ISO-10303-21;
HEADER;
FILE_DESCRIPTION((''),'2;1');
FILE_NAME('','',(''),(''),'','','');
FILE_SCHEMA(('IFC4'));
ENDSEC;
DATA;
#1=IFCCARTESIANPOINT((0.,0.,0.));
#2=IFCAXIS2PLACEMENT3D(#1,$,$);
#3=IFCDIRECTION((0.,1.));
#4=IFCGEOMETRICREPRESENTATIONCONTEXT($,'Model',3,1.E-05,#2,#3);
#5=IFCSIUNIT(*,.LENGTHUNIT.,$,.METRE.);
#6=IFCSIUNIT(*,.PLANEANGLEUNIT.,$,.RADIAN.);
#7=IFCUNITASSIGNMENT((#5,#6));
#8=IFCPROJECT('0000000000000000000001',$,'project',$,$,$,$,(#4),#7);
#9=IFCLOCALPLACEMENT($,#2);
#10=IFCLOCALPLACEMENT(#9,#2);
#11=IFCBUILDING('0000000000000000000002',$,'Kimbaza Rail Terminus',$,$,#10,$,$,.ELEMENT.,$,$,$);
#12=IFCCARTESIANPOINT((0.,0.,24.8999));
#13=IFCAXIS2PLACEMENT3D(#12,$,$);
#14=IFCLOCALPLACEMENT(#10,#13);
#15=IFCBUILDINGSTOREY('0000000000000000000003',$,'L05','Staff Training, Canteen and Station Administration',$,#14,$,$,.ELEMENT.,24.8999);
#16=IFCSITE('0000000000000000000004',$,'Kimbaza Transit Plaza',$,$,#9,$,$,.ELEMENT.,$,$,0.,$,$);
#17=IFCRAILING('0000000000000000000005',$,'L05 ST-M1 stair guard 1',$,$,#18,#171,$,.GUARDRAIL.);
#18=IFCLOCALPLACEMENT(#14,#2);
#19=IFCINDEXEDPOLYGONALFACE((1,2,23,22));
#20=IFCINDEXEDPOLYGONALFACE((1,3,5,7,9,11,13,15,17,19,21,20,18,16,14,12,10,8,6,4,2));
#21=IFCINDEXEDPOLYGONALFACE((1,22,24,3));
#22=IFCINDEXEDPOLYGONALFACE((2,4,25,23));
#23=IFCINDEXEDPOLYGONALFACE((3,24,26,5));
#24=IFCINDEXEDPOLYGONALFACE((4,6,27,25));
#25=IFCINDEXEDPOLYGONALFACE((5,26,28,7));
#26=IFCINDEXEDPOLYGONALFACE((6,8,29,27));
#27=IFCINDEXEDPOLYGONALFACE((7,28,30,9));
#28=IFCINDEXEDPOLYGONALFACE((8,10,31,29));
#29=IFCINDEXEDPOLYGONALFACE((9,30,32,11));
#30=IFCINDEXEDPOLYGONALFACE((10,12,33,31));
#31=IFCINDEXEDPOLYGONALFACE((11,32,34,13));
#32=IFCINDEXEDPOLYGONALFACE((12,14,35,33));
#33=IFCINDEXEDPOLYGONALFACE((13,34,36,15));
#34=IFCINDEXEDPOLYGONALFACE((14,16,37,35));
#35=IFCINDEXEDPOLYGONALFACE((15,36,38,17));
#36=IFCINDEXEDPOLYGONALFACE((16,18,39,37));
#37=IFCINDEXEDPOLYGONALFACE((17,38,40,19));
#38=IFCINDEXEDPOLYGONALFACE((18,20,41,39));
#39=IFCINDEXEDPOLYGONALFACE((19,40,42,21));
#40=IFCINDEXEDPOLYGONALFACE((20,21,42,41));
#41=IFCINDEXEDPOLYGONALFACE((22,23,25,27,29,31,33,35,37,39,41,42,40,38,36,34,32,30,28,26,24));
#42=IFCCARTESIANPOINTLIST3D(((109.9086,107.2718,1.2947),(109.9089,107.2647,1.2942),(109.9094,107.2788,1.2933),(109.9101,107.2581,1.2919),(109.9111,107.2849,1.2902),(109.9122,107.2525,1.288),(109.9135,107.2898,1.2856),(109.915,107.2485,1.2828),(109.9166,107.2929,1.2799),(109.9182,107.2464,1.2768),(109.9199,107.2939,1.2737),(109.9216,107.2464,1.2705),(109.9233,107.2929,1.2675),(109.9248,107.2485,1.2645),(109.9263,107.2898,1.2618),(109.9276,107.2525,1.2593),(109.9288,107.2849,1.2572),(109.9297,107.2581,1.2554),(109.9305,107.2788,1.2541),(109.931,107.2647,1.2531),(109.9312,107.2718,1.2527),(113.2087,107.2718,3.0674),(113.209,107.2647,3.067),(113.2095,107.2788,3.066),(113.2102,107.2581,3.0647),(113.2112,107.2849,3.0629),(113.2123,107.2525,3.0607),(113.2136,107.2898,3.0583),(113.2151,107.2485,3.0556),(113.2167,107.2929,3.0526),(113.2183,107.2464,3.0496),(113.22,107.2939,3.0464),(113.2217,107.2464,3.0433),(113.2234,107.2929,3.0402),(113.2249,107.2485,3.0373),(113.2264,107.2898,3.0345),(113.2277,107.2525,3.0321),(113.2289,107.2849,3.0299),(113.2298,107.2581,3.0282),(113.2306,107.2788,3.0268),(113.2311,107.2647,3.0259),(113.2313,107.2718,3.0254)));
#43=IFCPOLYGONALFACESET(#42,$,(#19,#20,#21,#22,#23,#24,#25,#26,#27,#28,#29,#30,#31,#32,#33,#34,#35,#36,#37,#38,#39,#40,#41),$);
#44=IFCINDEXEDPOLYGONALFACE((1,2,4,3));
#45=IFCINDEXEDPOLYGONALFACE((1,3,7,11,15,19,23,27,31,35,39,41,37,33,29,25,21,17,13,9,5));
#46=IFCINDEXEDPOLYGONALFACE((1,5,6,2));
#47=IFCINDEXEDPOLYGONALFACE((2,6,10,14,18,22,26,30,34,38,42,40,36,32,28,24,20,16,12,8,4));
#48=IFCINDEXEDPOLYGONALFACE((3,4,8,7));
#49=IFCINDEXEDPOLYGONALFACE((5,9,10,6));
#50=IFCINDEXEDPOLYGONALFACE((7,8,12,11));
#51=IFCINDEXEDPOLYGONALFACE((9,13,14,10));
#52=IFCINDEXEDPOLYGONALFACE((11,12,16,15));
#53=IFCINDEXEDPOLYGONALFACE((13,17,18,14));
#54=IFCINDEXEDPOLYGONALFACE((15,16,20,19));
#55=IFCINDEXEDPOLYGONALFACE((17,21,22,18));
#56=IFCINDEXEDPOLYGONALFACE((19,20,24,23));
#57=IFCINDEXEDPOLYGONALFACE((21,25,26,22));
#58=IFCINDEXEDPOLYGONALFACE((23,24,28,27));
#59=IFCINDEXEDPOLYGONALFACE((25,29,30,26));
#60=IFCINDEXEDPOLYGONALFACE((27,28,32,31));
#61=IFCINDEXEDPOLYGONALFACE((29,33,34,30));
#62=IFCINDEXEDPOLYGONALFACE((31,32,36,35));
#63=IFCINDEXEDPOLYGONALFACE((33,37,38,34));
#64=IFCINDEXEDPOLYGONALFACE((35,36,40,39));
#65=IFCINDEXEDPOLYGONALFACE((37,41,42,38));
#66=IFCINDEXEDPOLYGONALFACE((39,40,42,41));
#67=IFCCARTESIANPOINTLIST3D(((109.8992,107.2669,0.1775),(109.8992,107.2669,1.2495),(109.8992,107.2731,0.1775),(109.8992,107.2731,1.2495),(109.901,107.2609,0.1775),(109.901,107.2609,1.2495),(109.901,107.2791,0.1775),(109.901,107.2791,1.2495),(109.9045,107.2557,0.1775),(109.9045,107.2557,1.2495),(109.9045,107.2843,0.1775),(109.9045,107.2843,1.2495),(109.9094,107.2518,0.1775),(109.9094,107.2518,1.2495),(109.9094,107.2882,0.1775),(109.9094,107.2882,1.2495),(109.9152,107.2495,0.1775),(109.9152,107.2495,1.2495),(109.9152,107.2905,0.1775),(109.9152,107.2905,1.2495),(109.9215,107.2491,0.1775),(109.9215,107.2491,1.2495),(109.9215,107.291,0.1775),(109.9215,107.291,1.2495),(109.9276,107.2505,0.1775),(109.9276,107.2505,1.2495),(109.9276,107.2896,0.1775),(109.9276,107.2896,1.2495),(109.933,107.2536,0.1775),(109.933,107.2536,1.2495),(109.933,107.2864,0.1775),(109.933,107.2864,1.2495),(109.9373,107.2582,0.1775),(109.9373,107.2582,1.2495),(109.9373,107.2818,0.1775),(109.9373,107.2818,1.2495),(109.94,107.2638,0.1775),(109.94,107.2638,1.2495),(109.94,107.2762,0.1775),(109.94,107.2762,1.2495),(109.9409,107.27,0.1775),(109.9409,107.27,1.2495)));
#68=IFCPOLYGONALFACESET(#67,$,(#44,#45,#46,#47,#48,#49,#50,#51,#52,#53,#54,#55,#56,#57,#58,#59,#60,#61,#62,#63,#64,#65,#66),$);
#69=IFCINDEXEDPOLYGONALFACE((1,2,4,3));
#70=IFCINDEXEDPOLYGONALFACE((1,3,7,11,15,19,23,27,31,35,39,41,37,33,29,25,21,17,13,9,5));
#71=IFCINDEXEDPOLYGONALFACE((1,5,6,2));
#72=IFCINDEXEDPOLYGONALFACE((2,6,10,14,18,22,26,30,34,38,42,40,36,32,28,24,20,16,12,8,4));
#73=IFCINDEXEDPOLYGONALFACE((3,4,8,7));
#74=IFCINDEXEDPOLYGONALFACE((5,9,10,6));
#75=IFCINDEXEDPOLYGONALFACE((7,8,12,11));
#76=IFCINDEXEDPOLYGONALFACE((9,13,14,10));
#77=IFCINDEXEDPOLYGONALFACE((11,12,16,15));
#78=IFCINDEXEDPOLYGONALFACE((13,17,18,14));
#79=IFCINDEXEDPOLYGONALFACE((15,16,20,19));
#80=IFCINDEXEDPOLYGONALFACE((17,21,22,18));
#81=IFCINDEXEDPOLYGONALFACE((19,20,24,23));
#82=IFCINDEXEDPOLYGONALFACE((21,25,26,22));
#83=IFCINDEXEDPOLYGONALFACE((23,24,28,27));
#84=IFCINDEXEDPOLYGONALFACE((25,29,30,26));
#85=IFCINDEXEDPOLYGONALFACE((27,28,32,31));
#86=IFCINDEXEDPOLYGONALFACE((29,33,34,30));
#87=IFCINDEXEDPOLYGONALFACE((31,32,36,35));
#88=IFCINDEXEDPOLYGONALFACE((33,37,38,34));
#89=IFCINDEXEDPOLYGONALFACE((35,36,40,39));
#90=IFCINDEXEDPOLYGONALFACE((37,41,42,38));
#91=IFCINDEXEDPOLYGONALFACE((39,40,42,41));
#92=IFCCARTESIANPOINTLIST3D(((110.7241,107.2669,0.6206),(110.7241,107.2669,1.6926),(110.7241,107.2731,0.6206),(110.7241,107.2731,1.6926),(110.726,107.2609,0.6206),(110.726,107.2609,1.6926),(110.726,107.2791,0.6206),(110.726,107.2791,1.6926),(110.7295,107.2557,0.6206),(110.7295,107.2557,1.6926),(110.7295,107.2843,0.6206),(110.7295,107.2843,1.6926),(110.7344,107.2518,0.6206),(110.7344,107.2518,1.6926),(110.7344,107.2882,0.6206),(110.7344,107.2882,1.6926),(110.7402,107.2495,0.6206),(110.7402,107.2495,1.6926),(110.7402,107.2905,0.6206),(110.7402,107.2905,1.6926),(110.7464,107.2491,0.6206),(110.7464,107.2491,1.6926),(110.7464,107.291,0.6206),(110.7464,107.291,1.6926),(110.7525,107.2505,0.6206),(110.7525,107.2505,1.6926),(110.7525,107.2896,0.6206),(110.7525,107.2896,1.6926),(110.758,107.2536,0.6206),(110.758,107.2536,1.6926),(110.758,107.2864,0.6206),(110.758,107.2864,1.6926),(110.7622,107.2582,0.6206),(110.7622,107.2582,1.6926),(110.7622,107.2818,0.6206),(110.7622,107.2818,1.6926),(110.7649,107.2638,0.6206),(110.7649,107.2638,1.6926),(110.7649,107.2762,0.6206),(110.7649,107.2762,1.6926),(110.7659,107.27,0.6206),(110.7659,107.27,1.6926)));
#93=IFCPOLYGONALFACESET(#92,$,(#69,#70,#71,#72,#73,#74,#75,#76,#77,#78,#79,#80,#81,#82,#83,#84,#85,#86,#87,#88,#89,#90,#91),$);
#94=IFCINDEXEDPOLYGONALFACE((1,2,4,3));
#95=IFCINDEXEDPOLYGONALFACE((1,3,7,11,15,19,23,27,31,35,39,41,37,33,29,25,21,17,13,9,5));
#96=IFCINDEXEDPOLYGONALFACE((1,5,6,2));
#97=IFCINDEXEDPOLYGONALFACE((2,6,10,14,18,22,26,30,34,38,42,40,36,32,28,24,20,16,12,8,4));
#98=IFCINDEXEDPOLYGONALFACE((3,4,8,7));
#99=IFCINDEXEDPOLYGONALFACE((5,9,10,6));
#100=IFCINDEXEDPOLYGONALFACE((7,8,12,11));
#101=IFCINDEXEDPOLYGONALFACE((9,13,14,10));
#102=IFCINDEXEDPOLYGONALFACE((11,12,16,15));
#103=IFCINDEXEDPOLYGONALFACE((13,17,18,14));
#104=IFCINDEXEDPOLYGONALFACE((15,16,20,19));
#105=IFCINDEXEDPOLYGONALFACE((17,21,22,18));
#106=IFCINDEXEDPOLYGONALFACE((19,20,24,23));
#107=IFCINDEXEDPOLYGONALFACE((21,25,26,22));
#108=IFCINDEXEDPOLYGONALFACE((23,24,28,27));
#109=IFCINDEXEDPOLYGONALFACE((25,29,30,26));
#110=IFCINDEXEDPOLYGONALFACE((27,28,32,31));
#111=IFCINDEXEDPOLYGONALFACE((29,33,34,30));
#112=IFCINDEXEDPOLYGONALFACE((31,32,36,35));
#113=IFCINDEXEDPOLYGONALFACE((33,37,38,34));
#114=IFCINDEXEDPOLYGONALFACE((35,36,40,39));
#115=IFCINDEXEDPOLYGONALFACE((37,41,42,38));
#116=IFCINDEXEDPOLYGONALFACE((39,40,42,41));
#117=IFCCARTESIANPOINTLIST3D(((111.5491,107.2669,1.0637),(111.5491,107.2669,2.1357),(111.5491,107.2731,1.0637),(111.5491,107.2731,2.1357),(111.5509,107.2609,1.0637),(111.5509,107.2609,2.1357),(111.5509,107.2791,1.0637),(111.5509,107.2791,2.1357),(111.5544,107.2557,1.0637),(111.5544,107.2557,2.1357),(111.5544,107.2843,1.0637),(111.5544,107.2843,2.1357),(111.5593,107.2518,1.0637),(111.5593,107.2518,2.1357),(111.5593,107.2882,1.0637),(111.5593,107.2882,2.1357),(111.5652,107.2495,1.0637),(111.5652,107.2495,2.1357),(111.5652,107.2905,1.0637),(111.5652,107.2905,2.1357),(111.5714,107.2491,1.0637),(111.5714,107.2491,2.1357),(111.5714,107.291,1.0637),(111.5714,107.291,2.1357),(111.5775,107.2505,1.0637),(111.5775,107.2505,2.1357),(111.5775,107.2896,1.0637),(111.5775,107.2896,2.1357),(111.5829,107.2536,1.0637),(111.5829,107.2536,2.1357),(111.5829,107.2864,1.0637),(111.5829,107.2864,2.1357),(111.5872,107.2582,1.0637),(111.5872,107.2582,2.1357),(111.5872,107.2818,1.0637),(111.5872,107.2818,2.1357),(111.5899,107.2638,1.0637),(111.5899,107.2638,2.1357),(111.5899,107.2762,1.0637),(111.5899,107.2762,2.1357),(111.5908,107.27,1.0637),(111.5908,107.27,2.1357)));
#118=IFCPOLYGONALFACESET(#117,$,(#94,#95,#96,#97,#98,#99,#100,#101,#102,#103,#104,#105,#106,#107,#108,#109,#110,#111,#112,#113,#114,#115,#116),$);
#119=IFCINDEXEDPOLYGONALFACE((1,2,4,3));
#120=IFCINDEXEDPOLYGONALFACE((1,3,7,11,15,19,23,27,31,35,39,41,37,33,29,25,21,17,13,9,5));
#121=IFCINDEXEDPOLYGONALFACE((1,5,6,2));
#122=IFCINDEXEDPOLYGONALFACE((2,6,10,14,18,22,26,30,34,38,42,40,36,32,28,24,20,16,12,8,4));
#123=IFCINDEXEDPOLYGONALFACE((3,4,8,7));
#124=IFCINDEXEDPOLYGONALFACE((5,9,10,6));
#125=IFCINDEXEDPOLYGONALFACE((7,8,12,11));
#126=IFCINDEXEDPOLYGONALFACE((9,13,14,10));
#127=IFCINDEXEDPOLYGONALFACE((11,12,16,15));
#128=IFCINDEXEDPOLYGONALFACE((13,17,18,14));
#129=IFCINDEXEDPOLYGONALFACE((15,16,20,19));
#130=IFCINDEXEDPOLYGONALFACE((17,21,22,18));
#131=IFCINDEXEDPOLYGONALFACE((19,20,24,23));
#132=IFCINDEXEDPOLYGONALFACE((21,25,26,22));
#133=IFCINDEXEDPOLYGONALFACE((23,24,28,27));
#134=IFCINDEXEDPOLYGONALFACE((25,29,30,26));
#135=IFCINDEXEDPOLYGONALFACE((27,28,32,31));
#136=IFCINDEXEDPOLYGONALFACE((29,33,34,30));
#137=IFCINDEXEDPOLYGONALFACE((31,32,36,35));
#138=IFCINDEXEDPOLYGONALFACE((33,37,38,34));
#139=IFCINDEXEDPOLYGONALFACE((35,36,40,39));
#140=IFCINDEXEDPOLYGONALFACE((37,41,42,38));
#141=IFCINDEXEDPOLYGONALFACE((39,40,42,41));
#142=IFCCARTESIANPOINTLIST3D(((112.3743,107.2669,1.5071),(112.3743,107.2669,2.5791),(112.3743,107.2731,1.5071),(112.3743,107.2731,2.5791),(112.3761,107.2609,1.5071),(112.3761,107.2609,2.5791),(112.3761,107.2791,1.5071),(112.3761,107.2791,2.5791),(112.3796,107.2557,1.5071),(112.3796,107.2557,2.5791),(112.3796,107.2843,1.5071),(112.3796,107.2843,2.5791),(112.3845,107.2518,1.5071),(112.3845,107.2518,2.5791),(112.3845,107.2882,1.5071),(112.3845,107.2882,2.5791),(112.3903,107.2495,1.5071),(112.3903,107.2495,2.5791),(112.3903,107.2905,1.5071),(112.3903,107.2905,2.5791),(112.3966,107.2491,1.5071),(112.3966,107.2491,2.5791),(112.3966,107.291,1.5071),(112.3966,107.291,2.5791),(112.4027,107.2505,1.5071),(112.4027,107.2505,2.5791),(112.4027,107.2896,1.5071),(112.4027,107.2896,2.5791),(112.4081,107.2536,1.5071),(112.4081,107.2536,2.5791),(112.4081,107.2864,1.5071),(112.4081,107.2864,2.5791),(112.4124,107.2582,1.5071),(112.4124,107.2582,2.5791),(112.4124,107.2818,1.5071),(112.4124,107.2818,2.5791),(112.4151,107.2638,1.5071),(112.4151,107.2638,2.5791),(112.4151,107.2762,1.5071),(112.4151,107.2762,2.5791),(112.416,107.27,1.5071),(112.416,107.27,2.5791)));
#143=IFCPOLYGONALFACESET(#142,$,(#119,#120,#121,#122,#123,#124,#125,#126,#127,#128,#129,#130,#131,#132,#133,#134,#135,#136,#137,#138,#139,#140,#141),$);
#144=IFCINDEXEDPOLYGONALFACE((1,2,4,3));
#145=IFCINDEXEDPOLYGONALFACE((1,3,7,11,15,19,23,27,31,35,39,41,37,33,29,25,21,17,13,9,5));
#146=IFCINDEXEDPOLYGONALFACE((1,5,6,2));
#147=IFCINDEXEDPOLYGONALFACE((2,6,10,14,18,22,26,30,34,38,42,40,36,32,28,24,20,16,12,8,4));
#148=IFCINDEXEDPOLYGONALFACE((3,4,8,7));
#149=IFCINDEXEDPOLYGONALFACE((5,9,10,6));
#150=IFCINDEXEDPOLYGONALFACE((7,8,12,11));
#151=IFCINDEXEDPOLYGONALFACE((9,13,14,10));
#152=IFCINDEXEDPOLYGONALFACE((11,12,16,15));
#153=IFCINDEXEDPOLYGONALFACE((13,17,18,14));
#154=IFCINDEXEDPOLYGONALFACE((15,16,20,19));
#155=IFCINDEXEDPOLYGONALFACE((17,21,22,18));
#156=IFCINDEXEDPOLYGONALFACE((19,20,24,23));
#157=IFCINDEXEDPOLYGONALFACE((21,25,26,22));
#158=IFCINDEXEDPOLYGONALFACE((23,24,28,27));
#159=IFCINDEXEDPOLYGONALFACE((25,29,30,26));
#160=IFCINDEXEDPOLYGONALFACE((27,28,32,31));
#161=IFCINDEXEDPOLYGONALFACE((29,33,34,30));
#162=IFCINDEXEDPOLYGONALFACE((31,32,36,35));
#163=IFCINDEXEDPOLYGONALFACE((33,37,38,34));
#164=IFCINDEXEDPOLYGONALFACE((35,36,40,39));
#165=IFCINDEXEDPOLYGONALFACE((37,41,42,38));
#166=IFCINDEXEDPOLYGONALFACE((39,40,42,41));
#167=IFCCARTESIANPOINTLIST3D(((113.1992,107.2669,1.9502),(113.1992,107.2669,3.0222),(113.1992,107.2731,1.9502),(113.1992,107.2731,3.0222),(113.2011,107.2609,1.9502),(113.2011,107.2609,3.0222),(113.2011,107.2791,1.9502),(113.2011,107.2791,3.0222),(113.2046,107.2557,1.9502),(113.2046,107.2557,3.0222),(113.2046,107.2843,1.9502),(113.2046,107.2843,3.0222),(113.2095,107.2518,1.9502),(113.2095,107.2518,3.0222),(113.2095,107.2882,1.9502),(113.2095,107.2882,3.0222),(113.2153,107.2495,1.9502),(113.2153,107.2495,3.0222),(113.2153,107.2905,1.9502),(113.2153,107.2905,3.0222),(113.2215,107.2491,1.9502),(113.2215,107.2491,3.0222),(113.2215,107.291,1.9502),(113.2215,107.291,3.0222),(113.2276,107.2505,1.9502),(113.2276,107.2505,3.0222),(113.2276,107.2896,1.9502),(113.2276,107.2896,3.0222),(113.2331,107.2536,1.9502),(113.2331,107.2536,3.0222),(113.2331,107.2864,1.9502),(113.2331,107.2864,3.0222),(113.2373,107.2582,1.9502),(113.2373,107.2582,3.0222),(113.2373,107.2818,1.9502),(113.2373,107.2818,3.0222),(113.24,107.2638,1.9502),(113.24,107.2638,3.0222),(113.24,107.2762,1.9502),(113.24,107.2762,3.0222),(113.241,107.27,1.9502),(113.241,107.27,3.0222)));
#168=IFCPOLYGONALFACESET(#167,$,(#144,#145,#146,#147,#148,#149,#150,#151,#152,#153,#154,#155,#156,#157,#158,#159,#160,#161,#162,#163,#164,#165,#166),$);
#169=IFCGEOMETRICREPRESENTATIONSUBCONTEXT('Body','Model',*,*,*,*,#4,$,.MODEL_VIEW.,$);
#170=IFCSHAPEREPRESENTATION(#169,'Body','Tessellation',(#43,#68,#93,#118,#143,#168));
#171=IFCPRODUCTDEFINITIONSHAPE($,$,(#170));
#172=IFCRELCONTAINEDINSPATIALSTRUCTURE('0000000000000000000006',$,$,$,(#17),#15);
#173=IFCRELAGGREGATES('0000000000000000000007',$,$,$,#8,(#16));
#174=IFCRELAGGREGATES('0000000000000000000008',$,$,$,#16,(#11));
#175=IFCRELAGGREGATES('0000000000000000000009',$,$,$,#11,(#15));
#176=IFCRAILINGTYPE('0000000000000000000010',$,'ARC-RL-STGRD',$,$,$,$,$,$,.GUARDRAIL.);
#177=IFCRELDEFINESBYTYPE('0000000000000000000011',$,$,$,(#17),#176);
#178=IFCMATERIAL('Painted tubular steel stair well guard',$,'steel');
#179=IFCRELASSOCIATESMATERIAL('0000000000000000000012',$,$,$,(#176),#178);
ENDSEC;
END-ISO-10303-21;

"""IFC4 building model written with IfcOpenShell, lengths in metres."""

from ifc_helpers import new_model, si_unit, direction, frame, origin, origin_2d, place, context, subcontext, project, spatial, circle, extrude, material, type_object, element, save


model = new_model("IFC4")

# Units and contexts
model_context = context("Model", 3, precision=1e-05, world=origin(), true_north=direction((0.0, 1.0)))
body_context = subcontext(model_context, "Body", "Model", "MODEL_VIEW")
ifc_project = project(units=[si_unit("LENGTHUNIT", "METRE"), si_unit("PLANEANGLEUNIT", "RADIAN")], contexts=[model_context])

# Site, building, storey
site_placement = place(None, origin())
site = spatial("IfcSite", under=ifc_project, at=site_placement, Name="Kimbaza Transit Plaza", CompositionType="ELEMENT", RefElevation=0.0)
building_placement = place(site_placement, origin())
building = spatial("IfcBuilding", under=site, at=building_placement, Name="Kimbaza Rail Terminus", CompositionType="ELEMENT")
storey_placement = place(building_placement, frame((0.0, 0.0, 24.8999)))
storey = spatial("IfcBuildingStorey", under=building, at=storey_placement, Name="L05", Description="Staff Training, Canteen and Station Administration", CompositionType="ELEMENT", Elevation=24.8999)

# Railing
ifc_material_1 = material(Name="Painted tubular steel stair well guard", Category="steel")
railing_type_1 = type_object("IfcRailingType", Name="ARC-RL-STGRD", PredefinedType="GUARDRAIL", material=ifc_material_1)
railing_1_placement = place(storey_placement, frame((109.9199, 107.27, 0.1775)))
element("IfcRailing", 1, at=railing_1_placement, inside=storey, type_object=railing_type_1, Name="L05 ST-M1 stair guard 1", PredefinedType="GUARDRAIL", context=body_context, shape_type="SweptSolid", body=[
    extrude(circle(Radius=0.0239, at=origin_2d()), frame((0.0, 0.0, 1.0962), z_axis=(0.880944, 0.0, 0.473221), x_axis=(0.0, 1.0, 0.0)), (0.0, 0.0, 1.0), 3.7461),
    extrude(circle(Radius=0.021, at=origin_2d()), origin(), (0.0, 0.0, 1.0), 1.072),
    extrude(circle(Radius=0.021, at=origin_2d()), frame((0.825, 0.0, 0.4431)), (0.0, 0.0, 1.0), 1.072),
    extrude(circle(Radius=0.021, at=origin_2d()), frame((1.6499, 0.0, 0.8862)), (0.0, 0.0, 1.0), 1.072),
    extrude(circle(Radius=0.021, at=origin_2d()), frame((2.4751, 0.0, 1.3296)), (0.0, 0.0, 1.0), 1.072),
    extrude(circle(Radius=0.021, at=origin_2d()), frame((3.3, 0.0, 1.7727)), (0.0, 0.0, 1.0), 1.072),
])

save(model, "model.ifc")
